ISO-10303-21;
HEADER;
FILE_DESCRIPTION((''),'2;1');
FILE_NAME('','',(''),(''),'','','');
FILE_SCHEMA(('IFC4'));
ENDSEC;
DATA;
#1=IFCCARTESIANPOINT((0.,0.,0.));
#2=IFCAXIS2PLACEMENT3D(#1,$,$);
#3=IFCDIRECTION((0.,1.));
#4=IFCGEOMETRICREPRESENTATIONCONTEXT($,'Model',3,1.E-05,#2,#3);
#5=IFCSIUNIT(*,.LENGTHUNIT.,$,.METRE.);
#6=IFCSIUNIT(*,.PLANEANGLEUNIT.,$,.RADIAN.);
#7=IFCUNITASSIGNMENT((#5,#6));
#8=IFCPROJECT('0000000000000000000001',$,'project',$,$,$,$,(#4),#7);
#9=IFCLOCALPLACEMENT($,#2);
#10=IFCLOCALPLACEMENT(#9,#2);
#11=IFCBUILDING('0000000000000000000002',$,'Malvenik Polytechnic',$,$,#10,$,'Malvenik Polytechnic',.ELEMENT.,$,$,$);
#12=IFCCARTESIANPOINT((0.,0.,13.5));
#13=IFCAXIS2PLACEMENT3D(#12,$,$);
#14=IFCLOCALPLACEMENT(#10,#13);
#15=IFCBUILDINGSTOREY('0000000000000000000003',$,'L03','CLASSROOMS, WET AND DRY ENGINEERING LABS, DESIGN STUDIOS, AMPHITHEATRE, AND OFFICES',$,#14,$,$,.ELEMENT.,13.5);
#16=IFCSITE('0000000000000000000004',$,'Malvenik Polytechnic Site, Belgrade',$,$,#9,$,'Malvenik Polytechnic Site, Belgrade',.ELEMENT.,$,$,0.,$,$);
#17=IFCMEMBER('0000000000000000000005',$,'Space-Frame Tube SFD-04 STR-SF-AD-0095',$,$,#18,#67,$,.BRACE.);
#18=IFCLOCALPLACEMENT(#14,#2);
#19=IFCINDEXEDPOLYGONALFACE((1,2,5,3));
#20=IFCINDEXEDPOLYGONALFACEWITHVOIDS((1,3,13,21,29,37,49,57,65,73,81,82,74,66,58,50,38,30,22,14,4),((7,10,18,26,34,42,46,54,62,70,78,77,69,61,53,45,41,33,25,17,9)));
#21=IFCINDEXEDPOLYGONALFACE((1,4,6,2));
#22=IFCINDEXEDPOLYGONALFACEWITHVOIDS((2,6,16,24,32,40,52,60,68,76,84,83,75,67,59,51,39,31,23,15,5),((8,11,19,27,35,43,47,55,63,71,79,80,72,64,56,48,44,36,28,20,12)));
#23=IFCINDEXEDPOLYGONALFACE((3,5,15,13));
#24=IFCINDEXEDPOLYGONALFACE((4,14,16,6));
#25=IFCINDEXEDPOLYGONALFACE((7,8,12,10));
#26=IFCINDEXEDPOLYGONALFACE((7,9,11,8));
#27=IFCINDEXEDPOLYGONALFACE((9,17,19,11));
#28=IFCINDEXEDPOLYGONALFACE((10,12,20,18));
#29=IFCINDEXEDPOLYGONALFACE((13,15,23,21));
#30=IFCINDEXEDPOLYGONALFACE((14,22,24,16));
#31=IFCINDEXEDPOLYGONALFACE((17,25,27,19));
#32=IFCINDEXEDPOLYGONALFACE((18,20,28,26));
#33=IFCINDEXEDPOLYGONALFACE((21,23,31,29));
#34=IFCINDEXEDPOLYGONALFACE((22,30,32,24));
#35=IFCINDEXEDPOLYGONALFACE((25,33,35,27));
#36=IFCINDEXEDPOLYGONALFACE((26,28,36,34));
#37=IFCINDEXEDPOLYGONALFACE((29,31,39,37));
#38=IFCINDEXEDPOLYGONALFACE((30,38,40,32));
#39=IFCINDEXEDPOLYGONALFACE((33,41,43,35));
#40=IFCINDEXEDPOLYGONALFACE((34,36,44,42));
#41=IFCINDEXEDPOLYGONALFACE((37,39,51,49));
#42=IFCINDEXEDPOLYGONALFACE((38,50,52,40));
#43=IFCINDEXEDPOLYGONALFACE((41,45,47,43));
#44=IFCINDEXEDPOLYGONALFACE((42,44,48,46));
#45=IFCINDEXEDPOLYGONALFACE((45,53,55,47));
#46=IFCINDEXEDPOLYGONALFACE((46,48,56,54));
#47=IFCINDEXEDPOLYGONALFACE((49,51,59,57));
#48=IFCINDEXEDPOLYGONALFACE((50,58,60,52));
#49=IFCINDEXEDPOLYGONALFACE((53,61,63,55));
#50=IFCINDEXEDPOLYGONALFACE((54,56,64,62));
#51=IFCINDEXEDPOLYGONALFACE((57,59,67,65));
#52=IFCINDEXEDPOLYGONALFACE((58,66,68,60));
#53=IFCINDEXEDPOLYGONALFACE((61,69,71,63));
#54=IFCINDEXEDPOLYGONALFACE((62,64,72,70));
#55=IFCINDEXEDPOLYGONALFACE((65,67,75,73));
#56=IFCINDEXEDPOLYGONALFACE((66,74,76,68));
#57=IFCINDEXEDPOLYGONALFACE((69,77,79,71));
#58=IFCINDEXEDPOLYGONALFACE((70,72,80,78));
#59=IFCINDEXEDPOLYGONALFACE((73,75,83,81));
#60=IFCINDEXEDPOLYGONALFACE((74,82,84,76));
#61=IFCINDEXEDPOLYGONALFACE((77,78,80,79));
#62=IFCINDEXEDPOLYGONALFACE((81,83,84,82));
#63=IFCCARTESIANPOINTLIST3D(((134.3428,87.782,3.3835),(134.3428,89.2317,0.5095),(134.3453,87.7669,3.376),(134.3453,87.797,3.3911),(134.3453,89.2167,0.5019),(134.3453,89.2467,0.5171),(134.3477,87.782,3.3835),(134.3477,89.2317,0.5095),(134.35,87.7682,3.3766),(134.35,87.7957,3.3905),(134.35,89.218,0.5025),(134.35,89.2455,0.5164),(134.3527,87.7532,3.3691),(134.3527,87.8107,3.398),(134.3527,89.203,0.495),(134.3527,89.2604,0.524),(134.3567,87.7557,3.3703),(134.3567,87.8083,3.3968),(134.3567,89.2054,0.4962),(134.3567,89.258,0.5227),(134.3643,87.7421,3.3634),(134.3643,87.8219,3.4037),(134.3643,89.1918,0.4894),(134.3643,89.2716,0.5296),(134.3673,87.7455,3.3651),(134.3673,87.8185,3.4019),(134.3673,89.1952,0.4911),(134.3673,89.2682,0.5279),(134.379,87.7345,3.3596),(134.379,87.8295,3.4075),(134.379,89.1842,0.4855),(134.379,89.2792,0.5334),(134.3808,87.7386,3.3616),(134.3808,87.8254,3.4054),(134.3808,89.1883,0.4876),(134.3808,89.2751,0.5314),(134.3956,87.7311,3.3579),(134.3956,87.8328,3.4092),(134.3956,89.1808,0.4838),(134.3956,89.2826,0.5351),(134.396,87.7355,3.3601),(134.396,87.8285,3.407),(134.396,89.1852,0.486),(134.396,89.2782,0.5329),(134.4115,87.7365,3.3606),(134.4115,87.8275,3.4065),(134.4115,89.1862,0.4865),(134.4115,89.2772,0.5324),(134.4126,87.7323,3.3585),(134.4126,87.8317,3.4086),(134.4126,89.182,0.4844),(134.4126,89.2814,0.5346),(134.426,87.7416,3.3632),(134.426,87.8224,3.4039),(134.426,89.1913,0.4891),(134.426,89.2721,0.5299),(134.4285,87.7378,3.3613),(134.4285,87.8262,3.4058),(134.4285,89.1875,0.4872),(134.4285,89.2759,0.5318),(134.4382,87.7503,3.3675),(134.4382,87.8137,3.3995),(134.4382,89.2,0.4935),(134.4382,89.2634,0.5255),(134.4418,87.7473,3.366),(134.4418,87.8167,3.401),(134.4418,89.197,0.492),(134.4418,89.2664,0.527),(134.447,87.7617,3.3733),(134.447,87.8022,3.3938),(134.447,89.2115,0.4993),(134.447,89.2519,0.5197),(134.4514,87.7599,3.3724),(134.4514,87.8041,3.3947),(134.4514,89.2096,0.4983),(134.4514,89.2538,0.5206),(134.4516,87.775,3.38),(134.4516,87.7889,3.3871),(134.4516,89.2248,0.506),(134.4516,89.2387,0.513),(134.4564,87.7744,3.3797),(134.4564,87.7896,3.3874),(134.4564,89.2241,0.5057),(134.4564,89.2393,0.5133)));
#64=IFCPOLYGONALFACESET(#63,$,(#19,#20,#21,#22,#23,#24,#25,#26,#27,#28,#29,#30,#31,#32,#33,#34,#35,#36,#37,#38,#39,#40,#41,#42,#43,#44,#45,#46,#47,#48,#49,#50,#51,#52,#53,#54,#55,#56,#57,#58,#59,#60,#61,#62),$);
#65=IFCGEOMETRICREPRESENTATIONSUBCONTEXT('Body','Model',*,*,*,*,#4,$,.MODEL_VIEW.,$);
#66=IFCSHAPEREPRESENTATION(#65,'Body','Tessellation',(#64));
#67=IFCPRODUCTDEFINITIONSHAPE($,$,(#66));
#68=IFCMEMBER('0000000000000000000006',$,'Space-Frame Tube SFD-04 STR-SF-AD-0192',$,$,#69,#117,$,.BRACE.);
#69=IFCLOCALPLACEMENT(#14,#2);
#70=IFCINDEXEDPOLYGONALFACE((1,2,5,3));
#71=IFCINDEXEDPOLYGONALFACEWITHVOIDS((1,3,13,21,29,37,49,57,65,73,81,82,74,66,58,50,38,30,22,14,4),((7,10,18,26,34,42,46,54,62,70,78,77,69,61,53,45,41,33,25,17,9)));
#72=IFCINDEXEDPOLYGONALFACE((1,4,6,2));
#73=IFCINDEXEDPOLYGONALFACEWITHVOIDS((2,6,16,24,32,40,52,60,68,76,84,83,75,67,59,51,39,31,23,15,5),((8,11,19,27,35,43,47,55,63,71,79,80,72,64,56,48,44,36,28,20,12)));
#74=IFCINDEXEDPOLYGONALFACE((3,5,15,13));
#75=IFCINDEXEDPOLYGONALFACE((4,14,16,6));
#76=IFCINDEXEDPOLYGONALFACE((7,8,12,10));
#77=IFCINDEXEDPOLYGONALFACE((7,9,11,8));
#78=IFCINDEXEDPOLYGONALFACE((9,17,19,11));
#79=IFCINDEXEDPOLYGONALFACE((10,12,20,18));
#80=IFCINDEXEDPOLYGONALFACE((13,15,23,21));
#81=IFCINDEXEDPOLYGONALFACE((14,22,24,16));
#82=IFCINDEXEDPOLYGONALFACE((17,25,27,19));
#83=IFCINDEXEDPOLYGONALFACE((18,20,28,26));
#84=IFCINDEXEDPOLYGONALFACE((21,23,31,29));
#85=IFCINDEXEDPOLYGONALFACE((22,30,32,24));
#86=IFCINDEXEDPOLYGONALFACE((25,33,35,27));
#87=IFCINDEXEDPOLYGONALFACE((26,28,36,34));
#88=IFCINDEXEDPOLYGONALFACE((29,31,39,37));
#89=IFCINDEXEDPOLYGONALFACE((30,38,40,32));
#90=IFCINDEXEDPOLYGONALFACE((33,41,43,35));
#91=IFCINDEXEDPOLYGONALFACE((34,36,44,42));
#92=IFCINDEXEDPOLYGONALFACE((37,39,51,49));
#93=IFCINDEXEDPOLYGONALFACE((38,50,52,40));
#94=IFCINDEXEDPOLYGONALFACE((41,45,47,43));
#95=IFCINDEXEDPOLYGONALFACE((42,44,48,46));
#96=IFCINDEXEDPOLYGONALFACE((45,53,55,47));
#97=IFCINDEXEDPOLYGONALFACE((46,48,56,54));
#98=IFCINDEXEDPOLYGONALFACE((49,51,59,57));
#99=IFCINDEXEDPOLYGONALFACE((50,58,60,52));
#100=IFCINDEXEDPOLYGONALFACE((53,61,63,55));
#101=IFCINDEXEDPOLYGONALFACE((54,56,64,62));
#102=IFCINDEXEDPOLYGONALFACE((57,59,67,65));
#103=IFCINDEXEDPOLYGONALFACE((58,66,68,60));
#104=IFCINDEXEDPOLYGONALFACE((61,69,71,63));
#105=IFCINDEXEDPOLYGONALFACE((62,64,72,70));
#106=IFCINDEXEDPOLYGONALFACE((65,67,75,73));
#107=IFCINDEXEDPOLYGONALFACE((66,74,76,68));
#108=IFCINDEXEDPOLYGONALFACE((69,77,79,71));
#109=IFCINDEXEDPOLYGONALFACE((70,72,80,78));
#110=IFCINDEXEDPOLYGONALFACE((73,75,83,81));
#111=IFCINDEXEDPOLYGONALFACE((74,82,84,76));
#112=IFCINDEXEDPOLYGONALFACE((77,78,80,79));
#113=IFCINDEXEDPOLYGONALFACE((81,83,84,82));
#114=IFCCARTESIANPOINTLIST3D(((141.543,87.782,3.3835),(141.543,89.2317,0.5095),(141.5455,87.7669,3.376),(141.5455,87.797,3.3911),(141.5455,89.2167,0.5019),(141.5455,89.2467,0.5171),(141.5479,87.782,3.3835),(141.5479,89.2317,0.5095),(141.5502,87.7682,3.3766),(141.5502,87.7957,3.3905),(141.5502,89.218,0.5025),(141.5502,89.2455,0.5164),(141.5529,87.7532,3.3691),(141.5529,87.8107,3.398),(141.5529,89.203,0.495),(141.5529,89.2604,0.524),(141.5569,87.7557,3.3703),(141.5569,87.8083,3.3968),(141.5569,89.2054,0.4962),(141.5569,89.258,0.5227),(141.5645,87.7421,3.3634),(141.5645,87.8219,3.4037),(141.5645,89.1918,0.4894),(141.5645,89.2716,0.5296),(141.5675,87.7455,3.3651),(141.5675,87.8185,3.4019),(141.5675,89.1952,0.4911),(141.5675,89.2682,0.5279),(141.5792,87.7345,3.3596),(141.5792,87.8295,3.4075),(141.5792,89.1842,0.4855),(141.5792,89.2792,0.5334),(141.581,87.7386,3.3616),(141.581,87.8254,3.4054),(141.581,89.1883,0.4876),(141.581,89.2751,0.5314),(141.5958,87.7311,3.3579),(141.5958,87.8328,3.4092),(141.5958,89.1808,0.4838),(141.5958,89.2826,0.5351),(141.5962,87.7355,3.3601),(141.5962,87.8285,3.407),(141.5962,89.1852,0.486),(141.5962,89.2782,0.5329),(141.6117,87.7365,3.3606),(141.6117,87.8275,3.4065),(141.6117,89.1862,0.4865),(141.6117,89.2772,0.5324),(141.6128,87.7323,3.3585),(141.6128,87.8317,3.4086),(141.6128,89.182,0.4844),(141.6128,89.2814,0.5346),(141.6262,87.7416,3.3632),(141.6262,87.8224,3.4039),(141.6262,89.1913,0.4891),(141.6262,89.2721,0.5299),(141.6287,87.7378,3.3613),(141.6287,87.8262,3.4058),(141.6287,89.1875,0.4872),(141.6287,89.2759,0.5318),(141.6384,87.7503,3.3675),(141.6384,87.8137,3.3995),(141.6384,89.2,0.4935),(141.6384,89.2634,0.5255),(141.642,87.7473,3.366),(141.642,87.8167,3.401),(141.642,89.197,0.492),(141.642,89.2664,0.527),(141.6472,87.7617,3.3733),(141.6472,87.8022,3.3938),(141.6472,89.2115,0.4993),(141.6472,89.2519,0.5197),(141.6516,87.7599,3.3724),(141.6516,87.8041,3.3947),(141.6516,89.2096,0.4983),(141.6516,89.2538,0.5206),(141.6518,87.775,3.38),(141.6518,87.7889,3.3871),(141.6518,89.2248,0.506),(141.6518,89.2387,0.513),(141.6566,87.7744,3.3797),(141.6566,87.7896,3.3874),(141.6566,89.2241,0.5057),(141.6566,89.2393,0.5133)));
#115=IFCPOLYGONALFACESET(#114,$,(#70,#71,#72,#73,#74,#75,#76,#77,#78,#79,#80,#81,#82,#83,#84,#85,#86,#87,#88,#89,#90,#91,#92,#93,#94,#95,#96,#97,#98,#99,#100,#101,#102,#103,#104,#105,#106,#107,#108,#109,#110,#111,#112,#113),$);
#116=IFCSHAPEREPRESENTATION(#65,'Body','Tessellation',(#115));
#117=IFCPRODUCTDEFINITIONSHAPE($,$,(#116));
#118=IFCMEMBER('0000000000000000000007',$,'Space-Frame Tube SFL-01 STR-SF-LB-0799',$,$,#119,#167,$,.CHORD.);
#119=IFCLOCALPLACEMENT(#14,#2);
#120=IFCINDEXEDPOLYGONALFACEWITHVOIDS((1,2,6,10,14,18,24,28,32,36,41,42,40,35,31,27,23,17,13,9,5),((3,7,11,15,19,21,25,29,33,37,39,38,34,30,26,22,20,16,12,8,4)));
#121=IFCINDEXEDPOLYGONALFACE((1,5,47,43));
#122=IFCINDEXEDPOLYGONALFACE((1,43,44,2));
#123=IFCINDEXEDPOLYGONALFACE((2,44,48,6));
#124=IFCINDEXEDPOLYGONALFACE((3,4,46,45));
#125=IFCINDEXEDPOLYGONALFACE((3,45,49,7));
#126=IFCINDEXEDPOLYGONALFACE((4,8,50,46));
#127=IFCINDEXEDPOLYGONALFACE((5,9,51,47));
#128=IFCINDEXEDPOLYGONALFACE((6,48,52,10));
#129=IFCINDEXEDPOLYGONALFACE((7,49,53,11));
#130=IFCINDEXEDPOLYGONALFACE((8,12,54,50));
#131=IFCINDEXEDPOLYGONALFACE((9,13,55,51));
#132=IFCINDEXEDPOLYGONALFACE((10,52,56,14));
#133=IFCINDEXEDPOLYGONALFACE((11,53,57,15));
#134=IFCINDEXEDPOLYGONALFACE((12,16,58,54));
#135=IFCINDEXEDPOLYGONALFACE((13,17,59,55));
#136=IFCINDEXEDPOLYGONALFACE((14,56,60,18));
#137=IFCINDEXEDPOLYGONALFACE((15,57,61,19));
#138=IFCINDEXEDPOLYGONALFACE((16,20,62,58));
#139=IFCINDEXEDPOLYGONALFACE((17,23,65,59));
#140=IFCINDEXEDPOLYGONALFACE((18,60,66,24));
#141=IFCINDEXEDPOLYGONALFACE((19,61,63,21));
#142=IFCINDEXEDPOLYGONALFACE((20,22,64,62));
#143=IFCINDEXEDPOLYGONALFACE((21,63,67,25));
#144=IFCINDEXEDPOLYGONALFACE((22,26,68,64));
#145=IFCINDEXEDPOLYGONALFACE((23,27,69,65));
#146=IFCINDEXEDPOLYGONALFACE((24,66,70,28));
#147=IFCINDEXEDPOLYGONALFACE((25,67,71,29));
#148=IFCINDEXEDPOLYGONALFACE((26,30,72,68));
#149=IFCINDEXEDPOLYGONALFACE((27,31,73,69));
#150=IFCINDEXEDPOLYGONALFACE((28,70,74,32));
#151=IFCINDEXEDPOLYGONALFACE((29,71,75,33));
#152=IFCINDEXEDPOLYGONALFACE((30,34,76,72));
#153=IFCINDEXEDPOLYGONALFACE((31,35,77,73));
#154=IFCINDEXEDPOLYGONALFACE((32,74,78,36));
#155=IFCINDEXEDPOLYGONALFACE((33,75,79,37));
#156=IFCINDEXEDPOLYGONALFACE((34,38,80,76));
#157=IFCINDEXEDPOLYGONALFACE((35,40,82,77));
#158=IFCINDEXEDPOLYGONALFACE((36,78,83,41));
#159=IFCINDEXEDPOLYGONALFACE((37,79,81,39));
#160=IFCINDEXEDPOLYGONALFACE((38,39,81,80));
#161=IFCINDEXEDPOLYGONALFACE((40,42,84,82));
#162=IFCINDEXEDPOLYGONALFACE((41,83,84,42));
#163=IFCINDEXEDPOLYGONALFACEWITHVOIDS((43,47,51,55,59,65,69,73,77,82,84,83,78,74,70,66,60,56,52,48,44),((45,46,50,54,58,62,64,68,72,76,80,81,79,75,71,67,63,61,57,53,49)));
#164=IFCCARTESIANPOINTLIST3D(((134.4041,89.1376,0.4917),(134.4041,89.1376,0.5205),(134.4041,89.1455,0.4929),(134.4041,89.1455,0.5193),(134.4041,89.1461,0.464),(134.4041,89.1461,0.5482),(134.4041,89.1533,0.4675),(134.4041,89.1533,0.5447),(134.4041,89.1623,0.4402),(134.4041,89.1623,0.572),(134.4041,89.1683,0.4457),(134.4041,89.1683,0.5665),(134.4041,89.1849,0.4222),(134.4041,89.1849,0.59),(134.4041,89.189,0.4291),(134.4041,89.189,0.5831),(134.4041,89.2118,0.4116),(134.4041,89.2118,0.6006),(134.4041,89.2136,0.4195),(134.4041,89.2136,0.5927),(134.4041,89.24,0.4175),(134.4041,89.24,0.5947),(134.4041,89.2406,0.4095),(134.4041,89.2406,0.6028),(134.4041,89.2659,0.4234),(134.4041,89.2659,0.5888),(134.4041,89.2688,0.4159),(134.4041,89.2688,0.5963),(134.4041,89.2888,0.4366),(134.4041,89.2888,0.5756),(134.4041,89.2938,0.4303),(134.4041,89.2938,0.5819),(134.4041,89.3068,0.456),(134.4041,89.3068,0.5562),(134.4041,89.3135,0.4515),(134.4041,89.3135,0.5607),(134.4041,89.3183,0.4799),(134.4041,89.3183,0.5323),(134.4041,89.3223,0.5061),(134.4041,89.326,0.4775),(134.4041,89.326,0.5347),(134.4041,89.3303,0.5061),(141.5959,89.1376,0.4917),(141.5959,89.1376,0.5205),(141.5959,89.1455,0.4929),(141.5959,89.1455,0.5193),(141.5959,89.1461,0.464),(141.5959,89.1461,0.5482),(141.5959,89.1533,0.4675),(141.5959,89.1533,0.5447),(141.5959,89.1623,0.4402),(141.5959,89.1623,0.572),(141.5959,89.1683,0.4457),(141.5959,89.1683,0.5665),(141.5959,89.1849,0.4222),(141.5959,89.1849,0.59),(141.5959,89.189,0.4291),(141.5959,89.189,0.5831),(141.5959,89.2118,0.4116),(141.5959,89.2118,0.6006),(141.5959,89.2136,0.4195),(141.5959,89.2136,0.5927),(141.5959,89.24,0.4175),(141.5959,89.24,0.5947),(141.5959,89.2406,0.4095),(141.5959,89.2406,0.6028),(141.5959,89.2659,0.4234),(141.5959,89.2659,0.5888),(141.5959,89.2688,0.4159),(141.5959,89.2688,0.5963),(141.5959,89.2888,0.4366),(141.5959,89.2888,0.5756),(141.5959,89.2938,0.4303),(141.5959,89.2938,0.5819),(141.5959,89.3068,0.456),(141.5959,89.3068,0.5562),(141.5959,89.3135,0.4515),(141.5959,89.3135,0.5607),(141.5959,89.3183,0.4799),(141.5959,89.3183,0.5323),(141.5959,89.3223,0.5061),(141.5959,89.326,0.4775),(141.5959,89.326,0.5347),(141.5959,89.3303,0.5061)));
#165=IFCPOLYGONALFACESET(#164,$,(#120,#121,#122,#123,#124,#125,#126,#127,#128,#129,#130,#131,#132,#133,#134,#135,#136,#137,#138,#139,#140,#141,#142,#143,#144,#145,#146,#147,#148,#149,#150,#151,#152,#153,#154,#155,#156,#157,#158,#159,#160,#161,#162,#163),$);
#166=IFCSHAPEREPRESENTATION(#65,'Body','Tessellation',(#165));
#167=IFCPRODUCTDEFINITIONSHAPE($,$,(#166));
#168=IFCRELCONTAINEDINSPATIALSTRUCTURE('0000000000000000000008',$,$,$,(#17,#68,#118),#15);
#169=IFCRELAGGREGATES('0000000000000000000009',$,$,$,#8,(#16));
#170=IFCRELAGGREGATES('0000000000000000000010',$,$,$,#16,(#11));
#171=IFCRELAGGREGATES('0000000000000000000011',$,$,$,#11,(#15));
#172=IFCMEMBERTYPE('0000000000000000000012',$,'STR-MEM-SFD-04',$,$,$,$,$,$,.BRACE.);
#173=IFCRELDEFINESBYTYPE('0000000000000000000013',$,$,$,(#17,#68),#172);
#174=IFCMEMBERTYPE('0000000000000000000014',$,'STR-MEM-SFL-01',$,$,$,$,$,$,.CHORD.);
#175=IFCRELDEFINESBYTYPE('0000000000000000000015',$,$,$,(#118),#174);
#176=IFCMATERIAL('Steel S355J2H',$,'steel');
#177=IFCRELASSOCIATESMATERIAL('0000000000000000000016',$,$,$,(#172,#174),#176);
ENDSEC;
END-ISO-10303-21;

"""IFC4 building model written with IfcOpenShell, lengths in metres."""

from ifc_helpers import new_model, si_unit, direction, frame, origin, origin_2d, place, context, subcontext, project, spatial, hollow_circle, extrude, material, material_profile, profile_set, type_object, element, save


model = new_model("IFC4")

# Units and contexts
model_context = context("Model", 3, precision=1e-05, world=origin(), true_north=direction((0.0, 1.0)))
body_context = subcontext(model_context, "Body", "Model", "MODEL_VIEW")
ifc_project = project(units=[si_unit("LENGTHUNIT", "METRE"), si_unit("PLANEANGLEUNIT", "RADIAN")], contexts=[model_context])

# Site, building, storey
site_placement = place(None, origin())
site = spatial("IfcSite", under=ifc_project, at=site_placement, Name="Malvenik Polytechnic Site, Belgrade", LongName="Malvenik Polytechnic Site, Belgrade", CompositionType="ELEMENT", RefElevation=0.0)
building_placement = place(site_placement, origin())
building = spatial("IfcBuilding", under=site, at=building_placement, Name="Malvenik Polytechnic", LongName="Malvenik Polytechnic", CompositionType="ELEMENT")
storey_placement = place(building_placement, frame((0.0, 0.0, 13.5)))
storey = spatial("IfcBuildingStorey", under=building, at=storey_placement, Name="L03", Description="CLASSROOMS, WET AND DRY ENGINEERING LABS, DESIGN STUDIOS, AMPHITHEATRE, AND OFFICES", CompositionType="ELEMENT", Elevation=13.5)

# Members
ifc_material_1 = material(Name="Steel S355J2H", Category="steel")
ifc_material_profile_1 = material_profile(ifc_material_1, hollow_circle(Radius=0.0571, WallThickness=0.0049, at=origin_2d()), Name="CHS 114.3x5.0")
ifc_profile_set_1 = profile_set([ifc_material_profile_1], Name="Steel S355J2H")
member_type_1 = type_object("IfcMemberType", Name="STR-MEM-SFD-04", PredefinedType="BRACE", material=ifc_profile_set_1)
for number, where, z_axis, x_axis, name in (
    (1, (134.3999, 87.782, 3.3835), (0.0, 0.450366, -0.892844), (-1.0, 0.0, 0.0), "Space-Frame Tube SFD-04 STR-SF-AD-0095"),
    (2, (141.6001, 87.782, 3.3835), (0.0, 0.450366, -0.892844), (-1.0, 0.0, 0.0), "Space-Frame Tube SFD-04 STR-SF-AD-0192"),
):
    element("IfcMember", number, at=place(storey_placement, frame(where, z_axis=z_axis, x_axis=x_axis)), inside=storey, type_object=member_type_1, Name=name, PredefinedType="BRACE", context=body_context, shape_type="SweptSolid", body=[
        extrude(hollow_circle(Radius=0.0571, WallThickness=0.0049, at=origin_2d()), origin(), (0.0, 0.0, 1.0), 3.219),
    ])
ifc_material_profile_2 = material_profile(ifc_material_1, hollow_circle(Radius=0.0969, WallThickness=0.0081, at=origin_2d()), Name="CHS 193.7x8.0")
ifc_profile_set_2 = profile_set([ifc_material_profile_2], Name="Steel S355J2H")
member_type_2 = type_object("IfcMemberType", Name="STR-MEM-SFL-01", PredefinedType="CHORD", material=ifc_profile_set_2)
for number, where, z_axis, x_axis, name in (
    (3, (134.4041, 89.2334, 0.5061), (1.0, 0.0, 0.0), (0.0, 1.0, 0.0), "Space-Frame Tube SFL-01 STR-SF-LB-0799"),
):
    element("IfcMember", number, at=place(storey_placement, frame(where, z_axis=z_axis, x_axis=x_axis)), inside=storey, type_object=member_type_2, Name=name, PredefinedType="CHORD", context=body_context, shape_type="SweptSolid", body=[
        extrude(hollow_circle(Radius=0.0969, WallThickness=0.0081, at=origin_2d()), origin(), (0.0, 0.0, 1.0), 7.1919),
    ])

save(model, "model.ifc")
